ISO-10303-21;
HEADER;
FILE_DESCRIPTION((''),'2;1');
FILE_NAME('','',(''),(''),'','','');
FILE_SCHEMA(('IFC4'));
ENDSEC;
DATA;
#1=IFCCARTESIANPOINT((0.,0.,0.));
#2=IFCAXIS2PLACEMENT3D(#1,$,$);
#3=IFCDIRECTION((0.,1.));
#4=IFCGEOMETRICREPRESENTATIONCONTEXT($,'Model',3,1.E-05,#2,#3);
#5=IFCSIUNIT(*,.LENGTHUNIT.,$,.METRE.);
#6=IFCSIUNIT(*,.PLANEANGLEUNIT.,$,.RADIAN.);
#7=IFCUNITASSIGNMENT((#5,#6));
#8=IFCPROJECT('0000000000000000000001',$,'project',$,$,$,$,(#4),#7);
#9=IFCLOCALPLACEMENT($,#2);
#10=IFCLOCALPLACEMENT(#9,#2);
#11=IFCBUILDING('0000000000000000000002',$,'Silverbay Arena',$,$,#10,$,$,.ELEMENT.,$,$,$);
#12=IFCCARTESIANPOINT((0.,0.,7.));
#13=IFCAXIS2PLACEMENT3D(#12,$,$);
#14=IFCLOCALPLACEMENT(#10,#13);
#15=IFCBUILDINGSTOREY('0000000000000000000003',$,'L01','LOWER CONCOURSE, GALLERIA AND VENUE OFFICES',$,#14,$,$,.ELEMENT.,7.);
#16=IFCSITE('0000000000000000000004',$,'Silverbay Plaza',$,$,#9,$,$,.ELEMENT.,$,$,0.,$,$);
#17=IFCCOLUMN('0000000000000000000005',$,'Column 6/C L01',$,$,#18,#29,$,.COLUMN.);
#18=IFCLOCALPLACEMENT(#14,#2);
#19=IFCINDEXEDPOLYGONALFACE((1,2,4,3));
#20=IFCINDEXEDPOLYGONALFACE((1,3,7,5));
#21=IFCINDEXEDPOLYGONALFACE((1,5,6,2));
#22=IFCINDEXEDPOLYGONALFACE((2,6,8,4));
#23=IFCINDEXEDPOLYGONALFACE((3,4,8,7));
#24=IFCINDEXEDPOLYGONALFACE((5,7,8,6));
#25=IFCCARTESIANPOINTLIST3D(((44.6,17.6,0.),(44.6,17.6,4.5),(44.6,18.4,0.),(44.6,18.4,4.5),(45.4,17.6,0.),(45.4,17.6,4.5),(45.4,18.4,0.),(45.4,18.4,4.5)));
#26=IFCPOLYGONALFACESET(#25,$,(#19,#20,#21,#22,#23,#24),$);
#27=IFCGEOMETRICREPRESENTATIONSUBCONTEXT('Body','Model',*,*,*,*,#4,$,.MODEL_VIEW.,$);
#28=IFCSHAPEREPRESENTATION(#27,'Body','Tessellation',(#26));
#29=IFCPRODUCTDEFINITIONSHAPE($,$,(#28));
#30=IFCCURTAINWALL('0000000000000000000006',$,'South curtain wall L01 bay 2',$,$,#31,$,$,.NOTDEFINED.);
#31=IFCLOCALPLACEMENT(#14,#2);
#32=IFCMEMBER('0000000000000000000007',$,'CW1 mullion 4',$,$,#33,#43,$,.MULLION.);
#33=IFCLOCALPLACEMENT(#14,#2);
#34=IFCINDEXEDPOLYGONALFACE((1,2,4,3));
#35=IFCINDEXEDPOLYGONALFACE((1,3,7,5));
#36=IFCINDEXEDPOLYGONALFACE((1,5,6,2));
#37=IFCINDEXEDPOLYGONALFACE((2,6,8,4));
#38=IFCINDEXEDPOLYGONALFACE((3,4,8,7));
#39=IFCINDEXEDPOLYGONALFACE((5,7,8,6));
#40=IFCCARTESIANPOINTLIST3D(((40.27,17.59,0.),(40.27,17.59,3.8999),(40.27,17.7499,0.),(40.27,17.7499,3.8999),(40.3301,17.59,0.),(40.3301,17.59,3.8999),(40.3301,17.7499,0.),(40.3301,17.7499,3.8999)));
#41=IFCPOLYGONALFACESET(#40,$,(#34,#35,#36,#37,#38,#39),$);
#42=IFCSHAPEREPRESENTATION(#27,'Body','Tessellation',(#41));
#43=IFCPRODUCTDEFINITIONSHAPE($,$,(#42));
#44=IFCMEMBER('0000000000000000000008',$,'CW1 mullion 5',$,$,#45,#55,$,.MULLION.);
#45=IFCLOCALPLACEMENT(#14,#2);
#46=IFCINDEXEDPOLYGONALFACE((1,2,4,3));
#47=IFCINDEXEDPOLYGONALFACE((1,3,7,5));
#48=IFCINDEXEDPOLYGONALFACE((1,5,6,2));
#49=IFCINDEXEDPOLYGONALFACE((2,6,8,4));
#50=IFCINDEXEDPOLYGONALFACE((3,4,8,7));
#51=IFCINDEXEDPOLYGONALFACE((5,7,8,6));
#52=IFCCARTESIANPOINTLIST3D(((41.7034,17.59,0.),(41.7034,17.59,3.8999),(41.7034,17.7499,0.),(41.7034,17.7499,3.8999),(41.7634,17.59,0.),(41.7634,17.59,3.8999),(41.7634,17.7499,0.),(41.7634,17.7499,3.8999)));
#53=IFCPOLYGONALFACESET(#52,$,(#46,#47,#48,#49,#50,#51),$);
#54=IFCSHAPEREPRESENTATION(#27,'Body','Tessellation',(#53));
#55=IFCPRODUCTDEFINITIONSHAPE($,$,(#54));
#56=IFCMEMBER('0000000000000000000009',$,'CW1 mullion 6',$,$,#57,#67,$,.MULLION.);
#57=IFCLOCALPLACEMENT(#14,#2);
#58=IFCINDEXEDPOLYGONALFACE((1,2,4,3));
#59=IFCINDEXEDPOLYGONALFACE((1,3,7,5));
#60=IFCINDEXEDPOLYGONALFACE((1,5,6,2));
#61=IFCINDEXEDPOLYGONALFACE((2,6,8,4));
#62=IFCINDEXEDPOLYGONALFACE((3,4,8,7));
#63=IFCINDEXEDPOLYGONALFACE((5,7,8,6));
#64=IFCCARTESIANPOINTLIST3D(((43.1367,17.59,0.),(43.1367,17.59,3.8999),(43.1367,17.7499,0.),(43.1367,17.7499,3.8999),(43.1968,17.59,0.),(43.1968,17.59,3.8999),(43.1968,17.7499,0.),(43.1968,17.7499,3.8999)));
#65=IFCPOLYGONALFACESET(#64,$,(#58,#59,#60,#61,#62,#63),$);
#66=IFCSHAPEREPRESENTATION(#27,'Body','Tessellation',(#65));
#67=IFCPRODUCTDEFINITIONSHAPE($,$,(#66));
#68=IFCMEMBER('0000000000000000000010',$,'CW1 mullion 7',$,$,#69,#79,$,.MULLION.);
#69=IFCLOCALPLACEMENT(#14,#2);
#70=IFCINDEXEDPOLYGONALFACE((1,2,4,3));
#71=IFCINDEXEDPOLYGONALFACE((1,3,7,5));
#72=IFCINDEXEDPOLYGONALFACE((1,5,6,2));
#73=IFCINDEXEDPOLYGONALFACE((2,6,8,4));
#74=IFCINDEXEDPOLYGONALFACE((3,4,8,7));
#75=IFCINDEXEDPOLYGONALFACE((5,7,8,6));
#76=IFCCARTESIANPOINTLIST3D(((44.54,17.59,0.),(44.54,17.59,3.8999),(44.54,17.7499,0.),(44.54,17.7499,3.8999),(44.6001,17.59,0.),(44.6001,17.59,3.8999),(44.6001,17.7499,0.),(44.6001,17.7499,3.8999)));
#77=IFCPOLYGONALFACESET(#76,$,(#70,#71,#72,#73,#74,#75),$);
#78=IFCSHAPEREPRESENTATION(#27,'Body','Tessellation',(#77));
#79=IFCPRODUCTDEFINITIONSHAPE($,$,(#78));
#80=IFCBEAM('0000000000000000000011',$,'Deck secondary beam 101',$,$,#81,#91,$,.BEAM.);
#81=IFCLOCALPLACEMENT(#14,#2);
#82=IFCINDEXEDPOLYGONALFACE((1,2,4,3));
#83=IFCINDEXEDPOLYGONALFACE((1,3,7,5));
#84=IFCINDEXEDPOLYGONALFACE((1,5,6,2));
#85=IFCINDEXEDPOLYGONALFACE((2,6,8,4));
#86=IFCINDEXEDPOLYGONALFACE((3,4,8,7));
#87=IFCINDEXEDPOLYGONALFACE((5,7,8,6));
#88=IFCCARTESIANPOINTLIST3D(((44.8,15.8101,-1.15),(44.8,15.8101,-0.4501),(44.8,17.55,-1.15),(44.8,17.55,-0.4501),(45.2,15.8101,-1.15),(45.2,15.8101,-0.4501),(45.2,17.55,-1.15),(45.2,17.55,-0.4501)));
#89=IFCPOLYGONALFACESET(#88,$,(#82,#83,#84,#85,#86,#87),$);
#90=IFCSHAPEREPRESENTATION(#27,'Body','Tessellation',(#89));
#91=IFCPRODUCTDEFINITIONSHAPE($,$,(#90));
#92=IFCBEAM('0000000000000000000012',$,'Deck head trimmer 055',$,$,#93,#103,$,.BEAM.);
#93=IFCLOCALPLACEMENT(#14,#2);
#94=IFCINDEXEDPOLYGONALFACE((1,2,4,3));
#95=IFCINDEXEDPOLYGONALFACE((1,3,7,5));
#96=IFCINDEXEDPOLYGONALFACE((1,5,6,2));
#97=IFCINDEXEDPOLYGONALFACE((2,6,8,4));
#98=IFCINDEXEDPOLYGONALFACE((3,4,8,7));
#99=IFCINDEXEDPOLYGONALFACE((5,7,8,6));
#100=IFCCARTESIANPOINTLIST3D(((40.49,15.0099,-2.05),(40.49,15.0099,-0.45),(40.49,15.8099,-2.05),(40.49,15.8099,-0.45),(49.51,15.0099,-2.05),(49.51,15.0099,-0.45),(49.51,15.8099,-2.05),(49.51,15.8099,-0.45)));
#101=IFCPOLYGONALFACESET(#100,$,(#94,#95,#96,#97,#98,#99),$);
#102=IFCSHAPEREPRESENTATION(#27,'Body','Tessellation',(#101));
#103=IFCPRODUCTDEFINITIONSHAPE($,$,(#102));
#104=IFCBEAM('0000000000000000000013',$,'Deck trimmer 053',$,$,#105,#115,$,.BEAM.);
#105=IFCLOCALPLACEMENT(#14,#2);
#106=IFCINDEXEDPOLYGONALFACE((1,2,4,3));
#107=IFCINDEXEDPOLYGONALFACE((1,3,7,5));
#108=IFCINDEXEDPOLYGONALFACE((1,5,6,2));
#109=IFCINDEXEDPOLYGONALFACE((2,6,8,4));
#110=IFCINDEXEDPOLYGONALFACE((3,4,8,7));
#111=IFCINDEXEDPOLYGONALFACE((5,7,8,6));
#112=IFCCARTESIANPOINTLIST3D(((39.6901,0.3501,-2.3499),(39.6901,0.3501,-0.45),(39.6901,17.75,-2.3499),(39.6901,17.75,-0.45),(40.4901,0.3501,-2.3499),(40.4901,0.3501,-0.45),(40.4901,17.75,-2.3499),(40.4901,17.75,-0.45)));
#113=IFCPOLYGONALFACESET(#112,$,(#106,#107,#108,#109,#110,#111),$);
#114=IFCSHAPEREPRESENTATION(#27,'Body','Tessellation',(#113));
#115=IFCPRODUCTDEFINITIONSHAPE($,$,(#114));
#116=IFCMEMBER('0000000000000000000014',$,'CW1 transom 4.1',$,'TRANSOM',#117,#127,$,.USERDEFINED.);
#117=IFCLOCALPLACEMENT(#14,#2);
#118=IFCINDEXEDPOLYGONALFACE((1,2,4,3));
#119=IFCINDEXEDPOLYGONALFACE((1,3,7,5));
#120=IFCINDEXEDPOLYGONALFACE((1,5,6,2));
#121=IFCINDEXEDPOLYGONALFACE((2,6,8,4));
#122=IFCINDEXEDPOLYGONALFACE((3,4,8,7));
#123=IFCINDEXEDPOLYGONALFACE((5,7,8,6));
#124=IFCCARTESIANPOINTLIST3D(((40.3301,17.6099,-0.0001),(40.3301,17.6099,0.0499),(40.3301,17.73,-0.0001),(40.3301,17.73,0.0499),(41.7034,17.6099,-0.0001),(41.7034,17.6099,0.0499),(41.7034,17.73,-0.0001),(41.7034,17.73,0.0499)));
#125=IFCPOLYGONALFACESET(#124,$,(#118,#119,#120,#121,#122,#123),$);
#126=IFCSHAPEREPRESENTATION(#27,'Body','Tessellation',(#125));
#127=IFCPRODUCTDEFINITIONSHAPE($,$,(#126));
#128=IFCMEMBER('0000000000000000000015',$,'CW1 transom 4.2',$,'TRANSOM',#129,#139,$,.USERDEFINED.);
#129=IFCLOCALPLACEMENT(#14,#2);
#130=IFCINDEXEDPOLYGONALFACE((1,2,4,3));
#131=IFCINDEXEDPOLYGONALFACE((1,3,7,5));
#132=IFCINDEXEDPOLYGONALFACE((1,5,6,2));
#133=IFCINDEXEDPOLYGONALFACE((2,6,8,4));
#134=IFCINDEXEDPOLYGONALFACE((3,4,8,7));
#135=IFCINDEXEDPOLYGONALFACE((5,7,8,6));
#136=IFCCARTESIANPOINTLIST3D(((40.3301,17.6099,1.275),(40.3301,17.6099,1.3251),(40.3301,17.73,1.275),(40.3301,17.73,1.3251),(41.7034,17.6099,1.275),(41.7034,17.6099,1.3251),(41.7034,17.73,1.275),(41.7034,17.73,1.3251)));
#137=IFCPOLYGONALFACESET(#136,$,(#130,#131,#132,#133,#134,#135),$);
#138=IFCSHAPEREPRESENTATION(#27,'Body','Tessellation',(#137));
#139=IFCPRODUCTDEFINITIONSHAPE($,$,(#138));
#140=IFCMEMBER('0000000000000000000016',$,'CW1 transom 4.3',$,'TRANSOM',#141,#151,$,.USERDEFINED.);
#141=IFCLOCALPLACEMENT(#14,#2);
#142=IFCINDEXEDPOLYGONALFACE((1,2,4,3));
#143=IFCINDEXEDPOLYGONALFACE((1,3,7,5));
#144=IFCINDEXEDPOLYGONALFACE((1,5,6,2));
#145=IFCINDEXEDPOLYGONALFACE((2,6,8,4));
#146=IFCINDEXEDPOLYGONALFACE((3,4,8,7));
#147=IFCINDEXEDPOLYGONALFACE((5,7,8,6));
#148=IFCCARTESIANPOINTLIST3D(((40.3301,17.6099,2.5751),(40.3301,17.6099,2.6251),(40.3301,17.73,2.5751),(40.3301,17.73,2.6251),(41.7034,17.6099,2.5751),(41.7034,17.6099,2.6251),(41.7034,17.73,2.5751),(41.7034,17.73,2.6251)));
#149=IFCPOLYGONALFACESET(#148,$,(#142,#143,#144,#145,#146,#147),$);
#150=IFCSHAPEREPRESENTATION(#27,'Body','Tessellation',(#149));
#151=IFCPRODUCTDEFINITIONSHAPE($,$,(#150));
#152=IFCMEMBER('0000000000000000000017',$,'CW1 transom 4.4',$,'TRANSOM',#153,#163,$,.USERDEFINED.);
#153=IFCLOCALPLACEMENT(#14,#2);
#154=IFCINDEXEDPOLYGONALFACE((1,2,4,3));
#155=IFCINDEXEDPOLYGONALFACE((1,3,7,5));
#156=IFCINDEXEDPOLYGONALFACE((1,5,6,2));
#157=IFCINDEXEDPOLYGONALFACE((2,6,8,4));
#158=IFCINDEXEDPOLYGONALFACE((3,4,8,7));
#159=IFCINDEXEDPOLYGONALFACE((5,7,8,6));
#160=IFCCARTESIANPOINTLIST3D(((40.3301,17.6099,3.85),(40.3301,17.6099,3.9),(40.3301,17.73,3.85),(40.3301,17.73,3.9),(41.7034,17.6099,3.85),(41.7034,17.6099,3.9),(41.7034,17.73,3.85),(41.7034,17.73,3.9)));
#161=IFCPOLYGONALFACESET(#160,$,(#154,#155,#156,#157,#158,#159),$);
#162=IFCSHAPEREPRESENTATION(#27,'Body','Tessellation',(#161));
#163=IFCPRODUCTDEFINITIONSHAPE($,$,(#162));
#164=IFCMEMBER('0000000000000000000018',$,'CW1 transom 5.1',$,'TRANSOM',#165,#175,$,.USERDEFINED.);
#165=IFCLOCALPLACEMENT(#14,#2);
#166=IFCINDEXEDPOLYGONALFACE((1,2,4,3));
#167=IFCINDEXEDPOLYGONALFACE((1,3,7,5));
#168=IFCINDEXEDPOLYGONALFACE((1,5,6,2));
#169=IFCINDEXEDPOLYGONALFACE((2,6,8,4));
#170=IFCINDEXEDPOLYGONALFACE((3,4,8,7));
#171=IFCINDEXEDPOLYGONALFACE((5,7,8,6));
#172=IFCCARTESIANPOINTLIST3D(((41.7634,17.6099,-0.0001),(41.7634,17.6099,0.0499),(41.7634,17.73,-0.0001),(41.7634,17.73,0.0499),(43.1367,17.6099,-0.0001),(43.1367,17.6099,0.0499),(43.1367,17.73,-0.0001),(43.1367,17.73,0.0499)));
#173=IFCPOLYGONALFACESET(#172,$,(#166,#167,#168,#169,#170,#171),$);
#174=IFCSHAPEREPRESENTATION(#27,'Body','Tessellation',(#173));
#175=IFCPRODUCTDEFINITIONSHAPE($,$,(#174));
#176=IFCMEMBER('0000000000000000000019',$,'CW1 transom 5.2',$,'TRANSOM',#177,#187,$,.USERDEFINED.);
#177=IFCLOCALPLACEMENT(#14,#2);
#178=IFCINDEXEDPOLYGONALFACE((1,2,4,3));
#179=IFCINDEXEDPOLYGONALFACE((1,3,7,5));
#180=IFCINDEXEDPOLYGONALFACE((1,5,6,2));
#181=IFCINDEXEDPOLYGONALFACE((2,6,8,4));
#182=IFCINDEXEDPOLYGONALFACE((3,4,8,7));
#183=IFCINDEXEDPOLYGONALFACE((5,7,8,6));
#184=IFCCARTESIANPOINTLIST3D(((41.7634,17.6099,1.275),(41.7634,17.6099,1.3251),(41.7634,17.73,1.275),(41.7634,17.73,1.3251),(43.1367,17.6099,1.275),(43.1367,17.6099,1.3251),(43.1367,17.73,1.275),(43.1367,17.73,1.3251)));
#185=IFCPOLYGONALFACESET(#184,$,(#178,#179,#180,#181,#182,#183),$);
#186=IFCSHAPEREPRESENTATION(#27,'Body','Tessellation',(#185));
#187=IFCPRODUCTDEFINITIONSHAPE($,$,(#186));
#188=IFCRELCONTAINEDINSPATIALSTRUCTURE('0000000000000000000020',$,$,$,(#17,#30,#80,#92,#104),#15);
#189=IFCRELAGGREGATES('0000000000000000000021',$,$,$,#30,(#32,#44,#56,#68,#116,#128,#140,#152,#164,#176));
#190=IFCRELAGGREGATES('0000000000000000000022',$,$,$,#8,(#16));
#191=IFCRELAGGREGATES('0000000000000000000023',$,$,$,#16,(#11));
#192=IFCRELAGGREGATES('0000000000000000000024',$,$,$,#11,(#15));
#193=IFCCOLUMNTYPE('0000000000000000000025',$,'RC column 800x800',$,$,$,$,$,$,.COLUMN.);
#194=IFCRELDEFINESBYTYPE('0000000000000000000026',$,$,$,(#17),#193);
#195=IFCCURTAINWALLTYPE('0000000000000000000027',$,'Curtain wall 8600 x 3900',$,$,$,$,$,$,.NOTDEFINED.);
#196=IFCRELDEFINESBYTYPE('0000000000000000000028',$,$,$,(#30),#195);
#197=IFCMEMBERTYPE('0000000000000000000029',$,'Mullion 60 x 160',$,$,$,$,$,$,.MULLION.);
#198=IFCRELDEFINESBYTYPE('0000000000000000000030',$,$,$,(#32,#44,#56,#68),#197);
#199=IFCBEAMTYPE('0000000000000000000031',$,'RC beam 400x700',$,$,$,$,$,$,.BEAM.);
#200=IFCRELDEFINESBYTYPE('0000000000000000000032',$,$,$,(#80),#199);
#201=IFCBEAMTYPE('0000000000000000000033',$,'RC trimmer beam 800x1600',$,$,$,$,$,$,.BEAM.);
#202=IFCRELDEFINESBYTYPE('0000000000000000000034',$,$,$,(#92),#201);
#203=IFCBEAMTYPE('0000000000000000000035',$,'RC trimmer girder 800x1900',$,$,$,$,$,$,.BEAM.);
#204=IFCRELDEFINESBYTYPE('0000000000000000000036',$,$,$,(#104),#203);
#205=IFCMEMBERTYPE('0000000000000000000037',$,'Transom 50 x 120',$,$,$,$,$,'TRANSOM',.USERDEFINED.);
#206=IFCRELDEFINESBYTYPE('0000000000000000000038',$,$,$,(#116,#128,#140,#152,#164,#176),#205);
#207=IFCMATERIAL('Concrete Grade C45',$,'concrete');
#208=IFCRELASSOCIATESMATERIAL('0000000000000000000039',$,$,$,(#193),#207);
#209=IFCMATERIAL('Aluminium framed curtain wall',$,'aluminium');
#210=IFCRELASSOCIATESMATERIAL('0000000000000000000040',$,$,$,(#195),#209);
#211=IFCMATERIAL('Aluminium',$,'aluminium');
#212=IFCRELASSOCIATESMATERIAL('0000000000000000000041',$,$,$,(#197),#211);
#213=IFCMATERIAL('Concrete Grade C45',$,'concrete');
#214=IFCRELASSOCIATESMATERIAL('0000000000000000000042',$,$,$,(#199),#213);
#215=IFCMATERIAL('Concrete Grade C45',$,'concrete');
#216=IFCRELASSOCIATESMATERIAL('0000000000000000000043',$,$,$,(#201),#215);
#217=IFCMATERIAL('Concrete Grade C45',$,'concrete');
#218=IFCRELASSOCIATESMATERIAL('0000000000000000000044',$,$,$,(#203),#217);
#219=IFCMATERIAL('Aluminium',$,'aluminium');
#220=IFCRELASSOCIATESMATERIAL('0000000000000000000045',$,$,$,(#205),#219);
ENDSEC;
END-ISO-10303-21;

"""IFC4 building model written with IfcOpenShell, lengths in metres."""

from ifc_helpers import new_model, si_unit, direction, frame, origin, origin_2d, place, context, subcontext, project, spatial, rectangle, extrude, material, material_profile, profile_set, type_object, element, aggregate, save


model = new_model("IFC4")

# Units and contexts
model_context = context("Model", 3, precision=1e-05, world=origin(), true_north=direction((0.0, 1.0)))
body_context = subcontext(model_context, "Body", "Model", "MODEL_VIEW")
ifc_project = project(units=[si_unit("LENGTHUNIT", "METRE"), si_unit("PLANEANGLEUNIT", "RADIAN")], contexts=[model_context])

# Site, building, storey
site_placement = place(None, origin())
site = spatial("IfcSite", under=ifc_project, at=site_placement, Name="Silverbay Plaza", CompositionType="ELEMENT", RefElevation=0.0)
building_placement = place(site_placement, origin())
building = spatial("IfcBuilding", under=site, at=building_placement, Name="Silverbay Arena", CompositionType="ELEMENT")
storey_placement = place(building_placement, frame((0.0, 0.0, 7.0)))
storey = spatial("IfcBuildingStorey", under=building, at=storey_placement, Name="L01", Description="LOWER CONCOURSE, GALLERIA AND VENUE OFFICES", CompositionType="ELEMENT", Elevation=7.0)

# Column
ifc_material_1 = material(Name="Concrete Grade C45", Category="concrete")
ifc_material_profile_1 = material_profile(ifc_material_1, rectangle(XDim=0.8, YDim=0.8, at=origin_2d()), Name="RC 800x800")
ifc_profile_set_1 = profile_set([ifc_material_profile_1], Name="Concrete Grade C45")
column_type = type_object("IfcColumnType", Name="RC column 800x800", PredefinedType="COLUMN", material=ifc_profile_set_1)
column_placement = place(storey_placement, frame((45.0, 18.0, 0.0), z_axis=(0.0, 0.0, 1.0), x_axis=(1.0, 0.0, 0.0)))
element("IfcColumn", 1, at=column_placement, inside=storey, type_object=column_type, Name="Column 6/C L01", PredefinedType="COLUMN", context=body_context, shape_type="SweptSolid", body=[
    extrude(rectangle(XDim=0.8, YDim=0.8, at=origin_2d()), origin(), (0.0, 0.0, 1.0), 4.5),
])

# Curtain wall, members
ifc_material_2 = material(Name="Aluminium framed curtain wall", Category="aluminium")
curtain_wall_type = type_object("IfcCurtainWallType", Name="Curtain wall 8600 x 3900", PredefinedType="NOTDEFINED", material=ifc_material_2)
curtain_wall_placement = place(storey_placement, origin())
curtain_wall = element("IfcCurtainWall", 2, at=curtain_wall_placement, inside=storey, type_object=curtain_wall_type, Name="South curtain wall L01 bay 2", PredefinedType="NOTDEFINED")
ifc_material_3 = material(Name="Aluminium", Category="aluminium")
ifc_material_profile_2 = material_profile(ifc_material_3, rectangle(XDim=0.1599, YDim=0.0601, at=origin_2d()), Name="Mullion 60 x 160")
ifc_profile_set_2 = profile_set([ifc_material_profile_2], Name="Aluminium")
member_type_1 = type_object("IfcMemberType", Name="Mullion 60 x 160", PredefinedType="MULLION", material=ifc_profile_set_2)
member_1_placement = place(storey_placement, frame((40.3, 17.6699, 0.0), z_axis=(0.0, 0.0, 1.0), x_axis=(0.0, 1.0, 0.0)))
member_1 = element("IfcMember", 3, at=member_1_placement, type_object=member_type_1, Name="CW1 mullion 4", PredefinedType="MULLION", context=body_context, shape_type="SweptSolid", body=[
    extrude(rectangle(XDim=0.1599, YDim=0.0601, at=origin_2d()), origin(), (0.0, 0.0, 1.0), 3.8999),
])
member_2_placement = place(storey_placement, frame((41.7334, 17.6699, 0.0), z_axis=(0.0, 0.0, 1.0), x_axis=(0.0, 1.0, 0.0)))
member_2 = element("IfcMember", 4, at=member_2_placement, type_object=member_type_1, Name="CW1 mullion 5", PredefinedType="MULLION", context=body_context, shape_type="SweptSolid", body=[
    extrude(rectangle(XDim=0.1599, YDim=0.0601, at=origin_2d()), origin(), (0.0, 0.0, 1.0), 3.8999),
])
member_3_placement = place(storey_placement, frame((43.1667, 17.6699, 0.0), z_axis=(0.0, 0.0, 1.0), x_axis=(0.0, 1.0, 0.0)))
member_3 = element("IfcMember", 5, at=member_3_placement, type_object=member_type_1, Name="CW1 mullion 6", PredefinedType="MULLION", context=body_context, shape_type="SweptSolid", body=[
    extrude(rectangle(XDim=0.1599, YDim=0.0601, at=origin_2d()), origin(), (0.0, 0.0, 1.0), 3.8999),
])
member_4_placement = place(storey_placement, frame((44.5701, 17.6699, 0.0), z_axis=(0.0, 0.0, 1.0), x_axis=(0.0, 1.0, 0.0)))
member_4 = element("IfcMember", 6, at=member_4_placement, type_object=member_type_1, Name="CW1 mullion 7", PredefinedType="MULLION", context=body_context, shape_type="SweptSolid", body=[
    extrude(rectangle(XDim=0.1599, YDim=0.0601, at=origin_2d()), origin(), (0.0, 0.0, 1.0), 3.8999),
])

# Beams
ifc_material_4 = material(Name="Concrete Grade C45", Category="concrete")
ifc_material_profile_3 = material_profile(ifc_material_4, rectangle(XDim=0.3999, YDim=0.7, at=origin_2d()), Name="RC 400x700")
ifc_profile_set_3 = profile_set([ifc_material_profile_3], Name="Concrete Grade C45")
beam_type_1 = type_object("IfcBeamType", Name="RC beam 400x700", PredefinedType="BEAM", material=ifc_profile_set_3)
beam_1_placement = place(storey_placement, frame((45.0, 15.8101, -0.8), z_axis=(0.0, 1.0, 0.0), x_axis=(-1.0, 0.0, 0.0)))
element("IfcBeam", 7, at=beam_1_placement, inside=storey, type_object=beam_type_1, Name="Deck secondary beam 101", PredefinedType="BEAM", context=body_context, shape_type="SweptSolid", body=[
    extrude(rectangle(XDim=0.3999, YDim=0.7, at=origin_2d()), origin(), (0.0, 0.0, 1.0), 1.74),
])
ifc_material_5 = material(Name="Concrete Grade C45", Category="concrete")
ifc_material_profile_4 = material_profile(ifc_material_5, rectangle(XDim=0.8, YDim=1.6001, at=origin_2d()), Name="RC 800x1600")
ifc_profile_set_4 = profile_set([ifc_material_profile_4], Name="Concrete Grade C45")
beam_type_2 = type_object("IfcBeamType", Name="RC trimmer beam 800x1600", PredefinedType="BEAM", material=ifc_profile_set_4)
beam_2_placement = place(storey_placement, frame((40.49, 15.4099, -1.25), z_axis=(1.0, 0.0, 0.0), x_axis=(0.0, 1.0, 0.0)))
element("IfcBeam", 8, at=beam_2_placement, inside=storey, type_object=beam_type_2, Name="Deck head trimmer 055", PredefinedType="BEAM", context=body_context, shape_type="SweptSolid", body=[
    extrude(rectangle(XDim=0.8, YDim=1.6001, at=origin_2d()), origin(), (0.0, 0.0, 1.0), 9.02),
])
ifc_material_6 = material(Name="Concrete Grade C45", Category="concrete")
ifc_material_profile_5 = material_profile(ifc_material_6, rectangle(XDim=0.8, YDim=1.8999, at=origin_2d()), Name="RC 800x1900")
ifc_profile_set_5 = profile_set([ifc_material_profile_5], Name="Concrete Grade C45")
beam_type_3 = type_object("IfcBeamType", Name="RC trimmer girder 800x1900", PredefinedType="BEAM", material=ifc_profile_set_5)
beam_3_placement = place(storey_placement, frame((40.0901, 0.3501, -1.3999), z_axis=(0.0, 1.0, 0.0), x_axis=(-1.0, 0.0, 0.0)))
element("IfcBeam", 9, at=beam_3_placement, inside=storey, type_object=beam_type_3, Name="Deck trimmer 053", PredefinedType="BEAM", context=body_context, shape_type="SweptSolid", body=[
    extrude(rectangle(XDim=0.8, YDim=1.8999, at=origin_2d()), origin(), (0.0, 0.0, 1.0), 17.3999),
])

# Members
ifc_material_7 = material(Name="Aluminium", Category="aluminium")
ifc_material_profile_6 = material_profile(ifc_material_7, rectangle(XDim=0.1201, YDim=0.05, at=origin_2d()), Name="Transom 50 x 120")
ifc_profile_set_6 = profile_set([ifc_material_profile_6], Name="Aluminium")
member_type_2 = type_object("IfcMemberType", Name="Transom 50 x 120", ElementType="TRANSOM", PredefinedType="USERDEFINED", material=ifc_profile_set_6)
member_5_placement = place(storey_placement, frame((40.3301, 17.6699, 0.0249), z_axis=(1.0, 0.0, 0.0), x_axis=(0.0, 1.0, 0.0)))
member_5 = element("IfcMember", 10, at=member_5_placement, type_object=member_type_2, Name="CW1 transom 4.1", ObjectType="TRANSOM", PredefinedType="USERDEFINED", context=body_context, shape_type="SweptSolid", body=[
    extrude(rectangle(XDim=0.1201, YDim=0.05, at=origin_2d()), origin(), (0.0, 0.0, 1.0), 1.3733),
])
member_6_placement = place(storey_placement, frame((40.3301, 17.6699, 1.3), z_axis=(1.0, 0.0, 0.0), x_axis=(0.0, 1.0, 0.0)))
member_6 = element("IfcMember", 11, at=member_6_placement, type_object=member_type_2, Name="CW1 transom 4.2", ObjectType="TRANSOM", PredefinedType="USERDEFINED", context=body_context, shape_type="SweptSolid", body=[
    extrude(rectangle(XDim=0.1201, YDim=0.05, at=origin_2d()), origin(), (0.0, 0.0, 1.0), 1.3733),
])
member_7_placement = place(storey_placement, frame((40.3301, 17.6699, 2.6001), z_axis=(1.0, 0.0, 0.0), x_axis=(0.0, 1.0, 0.0)))
member_7 = element("IfcMember", 12, at=member_7_placement, type_object=member_type_2, Name="CW1 transom 4.3", ObjectType="TRANSOM", PredefinedType="USERDEFINED", context=body_context, shape_type="SweptSolid", body=[
    extrude(rectangle(XDim=0.1201, YDim=0.05, at=origin_2d()), origin(), (0.0, 0.0, 1.0), 1.3733),
])
member_8_placement = place(storey_placement, frame((40.3301, 17.6699, 3.875), z_axis=(1.0, 0.0, 0.0), x_axis=(0.0, 1.0, 0.0)))
member_8 = element("IfcMember", 13, at=member_8_placement, type_object=member_type_2, Name="CW1 transom 4.4", ObjectType="TRANSOM", PredefinedType="USERDEFINED", context=body_context, shape_type="SweptSolid", body=[
    extrude(rectangle(XDim=0.1201, YDim=0.05, at=origin_2d()), origin(), (0.0, 0.0, 1.0), 1.3733),
])
member_9_placement = place(storey_placement, frame((41.7634, 17.6699, 0.0249), z_axis=(1.0, 0.0, 0.0), x_axis=(0.0, 1.0, 0.0)))
member_9 = element("IfcMember", 14, at=member_9_placement, type_object=member_type_2, Name="CW1 transom 5.1", ObjectType="TRANSOM", PredefinedType="USERDEFINED", context=body_context, shape_type="SweptSolid", body=[
    extrude(rectangle(XDim=0.1201, YDim=0.05, at=origin_2d()), origin(), (0.0, 0.0, 1.0), 1.3733),
])
member_10_placement = place(storey_placement, frame((41.7634, 17.6699, 1.3), z_axis=(1.0, 0.0, 0.0), x_axis=(0.0, 1.0, 0.0)))
member_10 = element("IfcMember", 15, at=member_10_placement, type_object=member_type_2, Name="CW1 transom 5.2", ObjectType="TRANSOM", PredefinedType="USERDEFINED", context=body_context, shape_type="SweptSolid", body=[
    extrude(rectangle(XDim=0.1201, YDim=0.05, at=origin_2d()), origin(), (0.0, 0.0, 1.0), 1.3733),
])

aggregate(curtain_wall, [member_1, member_2, member_3, member_4, member_5, member_6, member_7, member_8, member_9, member_10])

save(model, "model.ifc")
